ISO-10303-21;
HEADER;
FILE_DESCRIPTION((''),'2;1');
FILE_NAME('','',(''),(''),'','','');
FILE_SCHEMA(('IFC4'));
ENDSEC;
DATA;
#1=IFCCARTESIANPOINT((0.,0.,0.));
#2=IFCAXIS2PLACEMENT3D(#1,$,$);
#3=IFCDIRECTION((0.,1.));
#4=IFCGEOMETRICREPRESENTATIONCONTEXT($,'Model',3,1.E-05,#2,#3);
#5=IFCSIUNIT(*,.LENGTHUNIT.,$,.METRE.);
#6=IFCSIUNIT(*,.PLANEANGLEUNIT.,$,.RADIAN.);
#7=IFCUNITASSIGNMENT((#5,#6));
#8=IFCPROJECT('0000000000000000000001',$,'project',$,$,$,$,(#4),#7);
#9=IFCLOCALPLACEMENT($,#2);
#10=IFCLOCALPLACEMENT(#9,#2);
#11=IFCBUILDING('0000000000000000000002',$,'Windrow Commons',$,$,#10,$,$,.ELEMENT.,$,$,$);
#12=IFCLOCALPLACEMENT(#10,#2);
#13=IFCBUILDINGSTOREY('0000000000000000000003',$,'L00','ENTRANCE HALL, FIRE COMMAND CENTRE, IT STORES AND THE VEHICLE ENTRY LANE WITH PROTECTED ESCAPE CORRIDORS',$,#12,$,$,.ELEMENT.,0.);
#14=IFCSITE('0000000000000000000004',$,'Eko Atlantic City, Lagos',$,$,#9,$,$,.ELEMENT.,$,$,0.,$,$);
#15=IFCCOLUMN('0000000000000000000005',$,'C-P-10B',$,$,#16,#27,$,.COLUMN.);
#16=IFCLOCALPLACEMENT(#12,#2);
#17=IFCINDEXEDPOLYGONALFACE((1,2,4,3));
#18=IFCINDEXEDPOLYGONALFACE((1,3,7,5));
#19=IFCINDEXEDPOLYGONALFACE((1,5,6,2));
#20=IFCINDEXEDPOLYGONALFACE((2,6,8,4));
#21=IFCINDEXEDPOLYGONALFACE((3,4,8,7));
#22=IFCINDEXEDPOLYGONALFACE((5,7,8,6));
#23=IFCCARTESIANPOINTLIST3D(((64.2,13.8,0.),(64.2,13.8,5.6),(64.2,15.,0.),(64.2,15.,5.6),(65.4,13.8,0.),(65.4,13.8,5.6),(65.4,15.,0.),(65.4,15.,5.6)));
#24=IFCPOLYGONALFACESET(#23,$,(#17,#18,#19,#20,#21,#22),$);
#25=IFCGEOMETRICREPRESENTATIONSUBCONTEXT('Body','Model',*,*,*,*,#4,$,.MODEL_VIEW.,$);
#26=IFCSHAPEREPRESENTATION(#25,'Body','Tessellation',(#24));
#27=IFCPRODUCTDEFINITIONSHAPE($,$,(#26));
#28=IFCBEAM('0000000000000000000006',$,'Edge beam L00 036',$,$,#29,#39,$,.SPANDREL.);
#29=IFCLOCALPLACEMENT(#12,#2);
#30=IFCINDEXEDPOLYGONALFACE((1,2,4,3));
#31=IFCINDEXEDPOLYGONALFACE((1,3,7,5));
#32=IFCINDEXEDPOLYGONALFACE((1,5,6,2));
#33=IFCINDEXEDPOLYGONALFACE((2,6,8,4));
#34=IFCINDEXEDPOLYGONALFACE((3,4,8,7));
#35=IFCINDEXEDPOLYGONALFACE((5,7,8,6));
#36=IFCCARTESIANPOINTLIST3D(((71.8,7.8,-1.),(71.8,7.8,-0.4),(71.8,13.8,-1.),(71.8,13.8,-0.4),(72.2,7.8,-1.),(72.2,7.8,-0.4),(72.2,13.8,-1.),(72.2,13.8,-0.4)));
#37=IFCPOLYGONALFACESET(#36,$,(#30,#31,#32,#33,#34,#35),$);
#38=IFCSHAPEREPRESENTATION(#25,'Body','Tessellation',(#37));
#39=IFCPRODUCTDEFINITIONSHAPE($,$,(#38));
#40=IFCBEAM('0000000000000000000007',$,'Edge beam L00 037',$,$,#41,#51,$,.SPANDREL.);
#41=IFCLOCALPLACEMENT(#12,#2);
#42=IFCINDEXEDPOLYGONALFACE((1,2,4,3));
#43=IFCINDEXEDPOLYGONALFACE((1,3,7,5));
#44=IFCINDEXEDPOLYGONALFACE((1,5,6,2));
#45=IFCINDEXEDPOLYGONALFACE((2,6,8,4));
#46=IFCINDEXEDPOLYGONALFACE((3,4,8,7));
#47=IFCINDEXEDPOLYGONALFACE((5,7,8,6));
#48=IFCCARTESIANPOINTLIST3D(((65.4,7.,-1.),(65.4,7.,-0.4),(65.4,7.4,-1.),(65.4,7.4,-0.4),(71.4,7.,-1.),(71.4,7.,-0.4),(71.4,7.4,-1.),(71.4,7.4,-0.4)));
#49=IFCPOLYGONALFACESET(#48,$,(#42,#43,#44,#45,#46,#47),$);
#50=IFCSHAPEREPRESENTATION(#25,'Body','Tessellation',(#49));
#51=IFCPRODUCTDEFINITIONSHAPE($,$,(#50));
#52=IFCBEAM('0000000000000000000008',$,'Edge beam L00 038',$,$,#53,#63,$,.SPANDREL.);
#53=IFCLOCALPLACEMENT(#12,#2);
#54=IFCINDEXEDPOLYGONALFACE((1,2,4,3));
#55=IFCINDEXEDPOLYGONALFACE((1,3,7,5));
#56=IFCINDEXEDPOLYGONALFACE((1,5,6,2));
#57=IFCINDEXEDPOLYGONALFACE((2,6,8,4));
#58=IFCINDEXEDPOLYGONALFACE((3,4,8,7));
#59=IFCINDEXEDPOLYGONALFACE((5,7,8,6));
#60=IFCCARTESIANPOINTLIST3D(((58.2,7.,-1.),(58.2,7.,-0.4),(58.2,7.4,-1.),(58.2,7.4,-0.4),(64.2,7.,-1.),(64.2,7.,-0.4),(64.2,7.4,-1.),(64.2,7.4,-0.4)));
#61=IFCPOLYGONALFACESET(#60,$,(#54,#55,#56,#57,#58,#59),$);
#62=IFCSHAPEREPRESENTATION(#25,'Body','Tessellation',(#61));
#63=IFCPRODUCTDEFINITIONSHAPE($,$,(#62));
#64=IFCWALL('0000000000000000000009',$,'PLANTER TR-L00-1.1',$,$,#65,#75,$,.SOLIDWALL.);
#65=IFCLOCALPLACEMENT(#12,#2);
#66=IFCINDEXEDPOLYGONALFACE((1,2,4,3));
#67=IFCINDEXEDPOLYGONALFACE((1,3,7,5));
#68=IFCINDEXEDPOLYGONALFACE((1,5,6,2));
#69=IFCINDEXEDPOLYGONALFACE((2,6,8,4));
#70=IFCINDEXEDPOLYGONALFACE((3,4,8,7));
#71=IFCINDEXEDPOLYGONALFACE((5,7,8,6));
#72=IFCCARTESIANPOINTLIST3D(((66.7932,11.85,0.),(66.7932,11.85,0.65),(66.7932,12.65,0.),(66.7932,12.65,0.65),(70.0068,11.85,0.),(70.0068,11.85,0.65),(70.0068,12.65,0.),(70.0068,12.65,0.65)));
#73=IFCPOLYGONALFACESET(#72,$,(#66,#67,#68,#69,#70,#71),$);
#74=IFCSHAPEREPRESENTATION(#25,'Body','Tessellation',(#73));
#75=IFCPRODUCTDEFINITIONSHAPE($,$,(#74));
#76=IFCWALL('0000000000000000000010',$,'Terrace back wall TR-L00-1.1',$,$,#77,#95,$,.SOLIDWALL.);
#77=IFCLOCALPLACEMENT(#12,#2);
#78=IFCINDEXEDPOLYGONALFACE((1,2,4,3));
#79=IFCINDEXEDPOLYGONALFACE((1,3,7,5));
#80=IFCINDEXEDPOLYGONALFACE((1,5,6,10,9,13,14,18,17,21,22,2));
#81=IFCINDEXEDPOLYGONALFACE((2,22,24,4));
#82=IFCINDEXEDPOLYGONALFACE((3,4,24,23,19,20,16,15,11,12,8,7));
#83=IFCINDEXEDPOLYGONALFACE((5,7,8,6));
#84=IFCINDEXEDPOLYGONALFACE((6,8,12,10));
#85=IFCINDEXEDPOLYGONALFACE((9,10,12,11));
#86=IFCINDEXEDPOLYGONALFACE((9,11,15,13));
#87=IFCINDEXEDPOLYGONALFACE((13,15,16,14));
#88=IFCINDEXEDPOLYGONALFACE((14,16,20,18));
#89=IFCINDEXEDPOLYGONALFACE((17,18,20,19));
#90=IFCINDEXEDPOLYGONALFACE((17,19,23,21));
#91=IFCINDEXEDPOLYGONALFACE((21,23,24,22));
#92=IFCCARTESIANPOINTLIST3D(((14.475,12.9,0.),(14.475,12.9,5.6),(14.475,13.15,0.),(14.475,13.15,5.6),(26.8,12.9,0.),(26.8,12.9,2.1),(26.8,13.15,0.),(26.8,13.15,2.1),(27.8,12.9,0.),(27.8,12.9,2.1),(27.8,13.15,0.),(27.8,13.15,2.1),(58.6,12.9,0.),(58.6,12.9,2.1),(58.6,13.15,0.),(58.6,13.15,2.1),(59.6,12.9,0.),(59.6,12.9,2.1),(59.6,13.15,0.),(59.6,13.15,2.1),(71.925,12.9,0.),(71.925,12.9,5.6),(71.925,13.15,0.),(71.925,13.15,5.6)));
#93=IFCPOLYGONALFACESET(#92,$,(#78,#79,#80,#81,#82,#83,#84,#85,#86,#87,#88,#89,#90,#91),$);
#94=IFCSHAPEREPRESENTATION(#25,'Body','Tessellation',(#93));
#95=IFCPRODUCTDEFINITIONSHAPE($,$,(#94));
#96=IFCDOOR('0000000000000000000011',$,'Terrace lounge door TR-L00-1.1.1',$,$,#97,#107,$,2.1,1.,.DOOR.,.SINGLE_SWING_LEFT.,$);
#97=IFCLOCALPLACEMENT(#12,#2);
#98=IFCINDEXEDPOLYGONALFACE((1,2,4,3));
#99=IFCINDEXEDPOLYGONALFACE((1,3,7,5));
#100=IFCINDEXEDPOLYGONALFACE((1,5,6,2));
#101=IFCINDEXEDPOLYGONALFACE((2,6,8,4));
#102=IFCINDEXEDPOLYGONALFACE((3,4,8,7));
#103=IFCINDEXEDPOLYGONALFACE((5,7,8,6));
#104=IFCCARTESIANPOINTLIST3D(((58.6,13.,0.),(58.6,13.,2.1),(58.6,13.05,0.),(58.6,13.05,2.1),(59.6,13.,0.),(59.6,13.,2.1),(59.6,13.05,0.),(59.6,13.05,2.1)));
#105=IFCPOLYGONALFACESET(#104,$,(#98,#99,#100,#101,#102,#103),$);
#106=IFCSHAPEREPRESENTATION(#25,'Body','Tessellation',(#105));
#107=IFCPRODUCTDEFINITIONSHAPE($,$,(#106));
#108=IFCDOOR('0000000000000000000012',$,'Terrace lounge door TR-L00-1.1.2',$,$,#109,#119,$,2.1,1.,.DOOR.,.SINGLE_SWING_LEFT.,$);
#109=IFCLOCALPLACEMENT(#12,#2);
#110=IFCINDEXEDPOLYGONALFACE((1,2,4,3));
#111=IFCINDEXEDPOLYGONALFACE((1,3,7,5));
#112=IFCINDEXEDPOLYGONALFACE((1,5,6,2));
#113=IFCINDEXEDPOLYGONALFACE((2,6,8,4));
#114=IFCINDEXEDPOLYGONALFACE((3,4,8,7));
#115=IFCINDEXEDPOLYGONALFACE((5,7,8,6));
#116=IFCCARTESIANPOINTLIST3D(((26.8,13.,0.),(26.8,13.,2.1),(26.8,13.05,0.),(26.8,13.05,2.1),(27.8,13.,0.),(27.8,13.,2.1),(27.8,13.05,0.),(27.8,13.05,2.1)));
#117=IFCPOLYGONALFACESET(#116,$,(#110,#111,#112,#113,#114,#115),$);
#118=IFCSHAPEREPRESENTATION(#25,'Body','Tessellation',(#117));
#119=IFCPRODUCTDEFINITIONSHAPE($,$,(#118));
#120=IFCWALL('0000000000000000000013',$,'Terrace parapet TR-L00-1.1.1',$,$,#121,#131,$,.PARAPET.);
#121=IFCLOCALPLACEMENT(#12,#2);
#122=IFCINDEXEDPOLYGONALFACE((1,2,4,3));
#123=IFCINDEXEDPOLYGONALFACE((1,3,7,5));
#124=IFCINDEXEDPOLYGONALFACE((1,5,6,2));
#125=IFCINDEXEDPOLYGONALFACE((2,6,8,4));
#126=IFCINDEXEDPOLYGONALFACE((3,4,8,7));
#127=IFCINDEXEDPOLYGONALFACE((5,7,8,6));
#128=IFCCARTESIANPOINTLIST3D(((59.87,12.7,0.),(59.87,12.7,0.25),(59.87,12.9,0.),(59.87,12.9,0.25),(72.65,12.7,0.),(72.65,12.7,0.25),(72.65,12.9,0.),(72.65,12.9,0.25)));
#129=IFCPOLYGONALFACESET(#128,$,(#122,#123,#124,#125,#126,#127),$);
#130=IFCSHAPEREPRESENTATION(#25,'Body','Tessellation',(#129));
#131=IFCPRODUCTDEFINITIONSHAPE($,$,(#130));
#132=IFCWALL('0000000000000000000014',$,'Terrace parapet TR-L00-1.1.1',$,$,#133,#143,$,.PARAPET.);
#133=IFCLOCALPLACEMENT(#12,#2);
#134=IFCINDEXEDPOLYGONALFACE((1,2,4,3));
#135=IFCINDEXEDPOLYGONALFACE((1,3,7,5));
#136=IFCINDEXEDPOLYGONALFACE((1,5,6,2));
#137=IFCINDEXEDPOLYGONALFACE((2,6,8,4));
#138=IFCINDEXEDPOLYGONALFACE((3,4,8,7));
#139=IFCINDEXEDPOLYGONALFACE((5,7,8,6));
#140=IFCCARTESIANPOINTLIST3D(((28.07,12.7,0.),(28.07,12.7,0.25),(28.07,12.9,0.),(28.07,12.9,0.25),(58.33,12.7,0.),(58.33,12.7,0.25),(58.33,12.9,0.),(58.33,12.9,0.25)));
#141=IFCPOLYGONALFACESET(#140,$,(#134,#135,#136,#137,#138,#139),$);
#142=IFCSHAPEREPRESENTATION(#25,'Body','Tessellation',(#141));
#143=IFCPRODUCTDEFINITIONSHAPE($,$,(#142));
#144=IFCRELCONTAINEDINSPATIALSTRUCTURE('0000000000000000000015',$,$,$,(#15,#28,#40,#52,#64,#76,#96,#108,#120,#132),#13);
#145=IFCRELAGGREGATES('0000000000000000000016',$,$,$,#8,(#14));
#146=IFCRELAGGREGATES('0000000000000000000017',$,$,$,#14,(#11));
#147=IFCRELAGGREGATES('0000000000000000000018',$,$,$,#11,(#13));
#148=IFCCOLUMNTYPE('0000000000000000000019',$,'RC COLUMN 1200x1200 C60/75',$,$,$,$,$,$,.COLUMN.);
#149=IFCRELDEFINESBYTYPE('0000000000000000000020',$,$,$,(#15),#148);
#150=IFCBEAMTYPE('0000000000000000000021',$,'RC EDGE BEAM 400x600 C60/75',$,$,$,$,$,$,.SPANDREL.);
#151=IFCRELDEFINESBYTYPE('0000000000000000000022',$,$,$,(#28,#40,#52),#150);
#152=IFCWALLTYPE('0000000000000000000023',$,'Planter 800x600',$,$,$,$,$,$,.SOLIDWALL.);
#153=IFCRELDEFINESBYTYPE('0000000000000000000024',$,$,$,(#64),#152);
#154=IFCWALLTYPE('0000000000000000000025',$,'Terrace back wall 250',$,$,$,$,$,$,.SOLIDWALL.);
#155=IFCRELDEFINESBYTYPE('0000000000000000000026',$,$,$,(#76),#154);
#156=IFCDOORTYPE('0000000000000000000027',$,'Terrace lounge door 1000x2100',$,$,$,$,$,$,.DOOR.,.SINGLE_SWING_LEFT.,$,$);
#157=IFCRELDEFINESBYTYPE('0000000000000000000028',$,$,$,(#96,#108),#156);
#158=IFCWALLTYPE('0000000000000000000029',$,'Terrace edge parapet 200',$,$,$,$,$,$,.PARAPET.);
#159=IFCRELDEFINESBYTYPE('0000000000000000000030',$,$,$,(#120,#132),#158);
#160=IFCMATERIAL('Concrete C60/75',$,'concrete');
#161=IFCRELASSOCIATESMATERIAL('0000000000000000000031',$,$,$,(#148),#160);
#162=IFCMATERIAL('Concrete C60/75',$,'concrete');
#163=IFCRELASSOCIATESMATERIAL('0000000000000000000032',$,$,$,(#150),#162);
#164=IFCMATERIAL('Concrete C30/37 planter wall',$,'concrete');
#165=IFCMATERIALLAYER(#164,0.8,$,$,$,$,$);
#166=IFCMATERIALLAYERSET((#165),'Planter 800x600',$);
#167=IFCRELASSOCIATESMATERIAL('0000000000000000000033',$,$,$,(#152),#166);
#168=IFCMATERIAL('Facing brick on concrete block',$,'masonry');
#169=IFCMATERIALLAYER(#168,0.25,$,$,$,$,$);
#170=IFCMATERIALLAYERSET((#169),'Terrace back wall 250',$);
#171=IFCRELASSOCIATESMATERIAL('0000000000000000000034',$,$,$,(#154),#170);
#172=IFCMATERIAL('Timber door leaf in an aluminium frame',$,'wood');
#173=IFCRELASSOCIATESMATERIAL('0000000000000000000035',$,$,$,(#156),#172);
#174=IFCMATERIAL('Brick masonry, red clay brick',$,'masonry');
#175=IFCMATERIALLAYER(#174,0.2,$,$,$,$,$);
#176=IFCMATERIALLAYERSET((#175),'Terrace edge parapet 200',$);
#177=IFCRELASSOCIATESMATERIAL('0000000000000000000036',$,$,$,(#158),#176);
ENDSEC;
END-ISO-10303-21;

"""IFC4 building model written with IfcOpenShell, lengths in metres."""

from ifc_helpers import new_model, si_unit, direction, frame, frame_2d, origin, origin_2d, place, context, subcontext, project, spatial, polyline, rectangle, outline, extrude, material, layer, layer_set, material_profile, profile_set, type_object, element, fill, save


model = new_model("IFC4")

# Units and contexts
model_context = context("Model", 3, precision=1e-05, world=origin(), true_north=direction((0.0, 1.0)))
body_context = subcontext(model_context, "Body", "Model", "MODEL_VIEW")
ifc_project = project(units=[si_unit("LENGTHUNIT", "METRE"), si_unit("PLANEANGLEUNIT", "RADIAN")], contexts=[model_context])

# Site, building, storey
site_placement = place(None, origin())
site = spatial("IfcSite", under=ifc_project, at=site_placement, Name="Eko Atlantic City, Lagos", CompositionType="ELEMENT", RefElevation=0.0)
building_placement = place(site_placement, origin())
building = spatial("IfcBuilding", under=site, at=building_placement, Name="Windrow Commons", CompositionType="ELEMENT")
storey_placement = place(building_placement, origin())
storey = spatial("IfcBuildingStorey", under=building, at=storey_placement, Name="L00", Description="ENTRANCE HALL, FIRE COMMAND CENTRE, IT STORES AND THE VEHICLE ENTRY LANE WITH PROTECTED ESCAPE CORRIDORS", CompositionType="ELEMENT", Elevation=0.0)

# Column
ifc_material_1 = material(Name="Concrete C60/75", Category="concrete")
ifc_material_profile_1 = material_profile(ifc_material_1, rectangle(XDim=1.2, YDim=1.2, at=origin_2d()))
ifc_profile_set_1 = profile_set([ifc_material_profile_1], Name="Concrete C60/75")
column_type = type_object("IfcColumnType", Name="RC COLUMN 1200x1200 C60/75", PredefinedType="COLUMN", material=ifc_profile_set_1)
column_placement = place(storey_placement, frame((64.8, 14.4, 0.0), z_axis=(0.0, 0.0, 1.0), x_axis=(1.0, 0.0, 0.0)))
element("IfcColumn", 1, at=column_placement, inside=storey, type_object=column_type, Name="C-P-10B", PredefinedType="COLUMN", context=body_context, shape_type="SweptSolid", body=[
    extrude(rectangle(XDim=1.2, YDim=1.2, at=origin_2d()), origin(), (0.0, 0.0, 1.0), 5.6),
])

# Beams
ifc_material_2 = material(Name="Concrete C60/75", Category="concrete")
ifc_material_profile_2 = material_profile(ifc_material_2, rectangle(XDim=0.4, YDim=0.6, at=origin_2d()))
ifc_profile_set_2 = profile_set([ifc_material_profile_2], Name="Concrete C60/75")
beam_type = type_object("IfcBeamType", Name="RC EDGE BEAM 400x600 C60/75", PredefinedType="SPANDREL", material=ifc_profile_set_2)
for number, where, z_axis, x_axis, name in (
    (2, (72.0, 13.8, -0.7), (0.0, -1.0, 0.0), (1.0, 0.0, 0.0), "Edge beam L00 036"),
    (3, (71.4, 7.2, -0.7), (-1.0, 0.0, 0.0), (0.0, -1.0, 0.0), "Edge beam L00 037"),
    (4, (64.2, 7.2, -0.7), (-1.0, 0.0, 0.0), (0.0, -1.0, 0.0), "Edge beam L00 038"),
):
    element("IfcBeam", number, at=place(storey_placement, frame(where, z_axis=z_axis, x_axis=x_axis)), inside=storey, type_object=beam_type, Name=name, PredefinedType="SPANDREL", context=body_context, shape_type="SweptSolid", body=[
        extrude(rectangle(XDim=0.4, YDim=0.6, at=origin_2d()), origin(), (0.0, 0.0, 1.0), 6.0),
    ])

# Wall
ifc_material_3 = material(Name="Concrete C30/37 planter wall", Category="concrete")
ifc_layer_1 = layer(ifc_material_3, 0.8)
ifc_layer_set_1 = layer_set([ifc_layer_1], Name="Planter 800x600")
wall_type_1 = type_object("IfcWallType", Name="Planter 800x600", PredefinedType="SOLIDWALL", material=ifc_layer_set_1)
wall_1_placement = place(storey_placement, frame((70.0068, 12.25, 0.0), z_axis=(0.0, 0.0, 1.0), x_axis=(-1.0, 0.0, 0.0)))
element("IfcWall", 5, at=wall_1_placement, inside=storey, type_object=wall_type_1, Name="PLANTER TR-L00-1.1", PredefinedType="SOLIDWALL", context=body_context, shape_type="SweptSolid", body=[
    extrude(outline(polyline([(0.0, -0.4), (3.2136, -0.4), (3.2136, 0.4), (0.0, 0.4), (0.0, -0.4)])), origin(), (0.0, 0.0, 1.0), 0.65),
])

# Wall, openings, doors
ifc_material_4 = material(Name="Facing brick on concrete block", Category="masonry")
ifc_layer_2 = layer(ifc_material_4, 0.25)
ifc_layer_set_2 = layer_set([ifc_layer_2], Name="Terrace back wall 250")
wall_type_2 = type_object("IfcWallType", Name="Terrace back wall 250", PredefinedType="SOLIDWALL", material=ifc_layer_set_2)
wall_2_placement = place(storey_placement, frame((71.925, 13.025, 0.0), z_axis=(0.0, 0.0, 1.0), x_axis=(-1.0, 0.0, 0.0)))
wall_2 = element("IfcWall", 6, at=wall_2_placement, inside=storey, type_object=wall_type_2, Name="Terrace back wall TR-L00-1.1", PredefinedType="SOLIDWALL", context=body_context, shape_type="SweptSolid", body=[
    extrude(rectangle(XDim=57.45, YDim=0.25, at=frame_2d((28.725, 0.0))), origin(), (0.0, 0.0, 1.0), 5.6),
])
opening_1_placement = place(wall_2_placement, frame((12.325, 0.0, 0.0)))
opening_1 = element("IfcOpeningElement", 7, at=opening_1_placement, cuts=wall_2, PredefinedType="OPENING", context=body_context, shape_type="SweptSolid", body=[
    extrude(rectangle(XDim=1.0, YDim=2.1, at=frame_2d((0.5, 1.05))), frame((0.0, 0.135, 0.0), z_axis=(0.0, -1.0, 0.0), x_axis=(1.0, 0.0, 0.0)), (0.0, 0.0, 1.0), 0.27),
])
opening_2_placement = place(wall_2_placement, frame((44.125, 0.0, 0.0)))
opening_2 = element("IfcOpeningElement", 8, at=opening_2_placement, cuts=wall_2, PredefinedType="OPENING", context=body_context, shape_type="SweptSolid", body=[
    extrude(rectangle(XDim=1.0, YDim=2.1, at=frame_2d((0.5, 1.05))), frame((0.0, 0.135, 0.0), z_axis=(0.0, -1.0, 0.0), x_axis=(1.0, 0.0, 0.0)), (0.0, 0.0, 1.0), 0.27),
])
ifc_material_5 = material(Name="Timber door leaf in an aluminium frame", Category="wood")
door_type = type_object("IfcDoorType", Name="Terrace lounge door 1000x2100", OperationType="SINGLE_SWING_LEFT", PredefinedType="DOOR", material=ifc_material_5)
door_1_placement = place(opening_1_placement, origin())
door_1 = element("IfcDoor", 9, at=door_1_placement, inside=storey, type_object=door_type, Name="Terrace lounge door TR-L00-1.1.1", OperationType="SINGLE_SWING_LEFT", OverallHeight=2.1, OverallWidth=1.0, PredefinedType="DOOR", context=body_context, shape_type="SweptSolid", body=[
    extrude(rectangle(XDim=1.0, YDim=2.1, at=frame_2d((0.5, 1.05))), frame((0.0, 0.025, 0.0), z_axis=(0.0, -1.0, 0.0), x_axis=(1.0, 0.0, 0.0)), (0.0, 0.0, 1.0), 0.05),
])
fill(opening_1, door_1)
door_2_placement = place(opening_2_placement, origin())
door_2 = element("IfcDoor", 10, at=door_2_placement, inside=storey, type_object=door_type, Name="Terrace lounge door TR-L00-1.1.2", OperationType="SINGLE_SWING_LEFT", OverallHeight=2.1, OverallWidth=1.0, PredefinedType="DOOR", context=body_context, shape_type="SweptSolid", body=[
    extrude(rectangle(XDim=1.0, YDim=2.1, at=frame_2d((0.5, 1.05))), frame((0.0, 0.025, 0.0), z_axis=(0.0, -1.0, 0.0), x_axis=(1.0, 0.0, 0.0)), (0.0, 0.0, 1.0), 0.05),
])
fill(opening_2, door_2)

# Walls
ifc_material_6 = material(Name="Brick masonry, red clay brick", Category="masonry")
ifc_layer_3 = layer(ifc_material_6, 0.2)
ifc_layer_set_3 = layer_set([ifc_layer_3], Name="Terrace edge parapet 200")
wall_type_3 = type_object("IfcWallType", Name="Terrace edge parapet 200", PredefinedType="PARAPET", material=ifc_layer_set_3)
wall_3_placement = place(storey_placement, frame((72.65, 12.8, 0.0), z_axis=(0.0, 0.0, 1.0), x_axis=(-1.0, 0.0, 0.0)))
element("IfcWall", 11, at=wall_3_placement, inside=storey, type_object=wall_type_3, Name="Terrace parapet TR-L00-1.1.1", PredefinedType="PARAPET", context=body_context, shape_type="SweptSolid", body=[
    extrude(outline(polyline([(0.0, -0.1), (12.78, -0.1), (12.78, 0.1), (0.0, 0.1), (0.0, -0.1)])), origin(), (0.0, 0.0, 1.0), 0.25),
])
wall_4_placement = place(storey_placement, frame((58.33, 12.8, 0.0), z_axis=(0.0, 0.0, 1.0), x_axis=(-1.0, 0.0, 0.0)))
element("IfcWall", 12, at=wall_4_placement, inside=storey, type_object=wall_type_3, Name="Terrace parapet TR-L00-1.1.1", PredefinedType="PARAPET", context=body_context, shape_type="SweptSolid", body=[
    extrude(outline(polyline([(0.0, -0.1), (30.26, -0.1), (30.26, 0.1), (0.0, 0.1), (0.0, -0.1)])), origin(), (0.0, 0.0, 1.0), 0.25),
])

save(model, "model.ifc")
